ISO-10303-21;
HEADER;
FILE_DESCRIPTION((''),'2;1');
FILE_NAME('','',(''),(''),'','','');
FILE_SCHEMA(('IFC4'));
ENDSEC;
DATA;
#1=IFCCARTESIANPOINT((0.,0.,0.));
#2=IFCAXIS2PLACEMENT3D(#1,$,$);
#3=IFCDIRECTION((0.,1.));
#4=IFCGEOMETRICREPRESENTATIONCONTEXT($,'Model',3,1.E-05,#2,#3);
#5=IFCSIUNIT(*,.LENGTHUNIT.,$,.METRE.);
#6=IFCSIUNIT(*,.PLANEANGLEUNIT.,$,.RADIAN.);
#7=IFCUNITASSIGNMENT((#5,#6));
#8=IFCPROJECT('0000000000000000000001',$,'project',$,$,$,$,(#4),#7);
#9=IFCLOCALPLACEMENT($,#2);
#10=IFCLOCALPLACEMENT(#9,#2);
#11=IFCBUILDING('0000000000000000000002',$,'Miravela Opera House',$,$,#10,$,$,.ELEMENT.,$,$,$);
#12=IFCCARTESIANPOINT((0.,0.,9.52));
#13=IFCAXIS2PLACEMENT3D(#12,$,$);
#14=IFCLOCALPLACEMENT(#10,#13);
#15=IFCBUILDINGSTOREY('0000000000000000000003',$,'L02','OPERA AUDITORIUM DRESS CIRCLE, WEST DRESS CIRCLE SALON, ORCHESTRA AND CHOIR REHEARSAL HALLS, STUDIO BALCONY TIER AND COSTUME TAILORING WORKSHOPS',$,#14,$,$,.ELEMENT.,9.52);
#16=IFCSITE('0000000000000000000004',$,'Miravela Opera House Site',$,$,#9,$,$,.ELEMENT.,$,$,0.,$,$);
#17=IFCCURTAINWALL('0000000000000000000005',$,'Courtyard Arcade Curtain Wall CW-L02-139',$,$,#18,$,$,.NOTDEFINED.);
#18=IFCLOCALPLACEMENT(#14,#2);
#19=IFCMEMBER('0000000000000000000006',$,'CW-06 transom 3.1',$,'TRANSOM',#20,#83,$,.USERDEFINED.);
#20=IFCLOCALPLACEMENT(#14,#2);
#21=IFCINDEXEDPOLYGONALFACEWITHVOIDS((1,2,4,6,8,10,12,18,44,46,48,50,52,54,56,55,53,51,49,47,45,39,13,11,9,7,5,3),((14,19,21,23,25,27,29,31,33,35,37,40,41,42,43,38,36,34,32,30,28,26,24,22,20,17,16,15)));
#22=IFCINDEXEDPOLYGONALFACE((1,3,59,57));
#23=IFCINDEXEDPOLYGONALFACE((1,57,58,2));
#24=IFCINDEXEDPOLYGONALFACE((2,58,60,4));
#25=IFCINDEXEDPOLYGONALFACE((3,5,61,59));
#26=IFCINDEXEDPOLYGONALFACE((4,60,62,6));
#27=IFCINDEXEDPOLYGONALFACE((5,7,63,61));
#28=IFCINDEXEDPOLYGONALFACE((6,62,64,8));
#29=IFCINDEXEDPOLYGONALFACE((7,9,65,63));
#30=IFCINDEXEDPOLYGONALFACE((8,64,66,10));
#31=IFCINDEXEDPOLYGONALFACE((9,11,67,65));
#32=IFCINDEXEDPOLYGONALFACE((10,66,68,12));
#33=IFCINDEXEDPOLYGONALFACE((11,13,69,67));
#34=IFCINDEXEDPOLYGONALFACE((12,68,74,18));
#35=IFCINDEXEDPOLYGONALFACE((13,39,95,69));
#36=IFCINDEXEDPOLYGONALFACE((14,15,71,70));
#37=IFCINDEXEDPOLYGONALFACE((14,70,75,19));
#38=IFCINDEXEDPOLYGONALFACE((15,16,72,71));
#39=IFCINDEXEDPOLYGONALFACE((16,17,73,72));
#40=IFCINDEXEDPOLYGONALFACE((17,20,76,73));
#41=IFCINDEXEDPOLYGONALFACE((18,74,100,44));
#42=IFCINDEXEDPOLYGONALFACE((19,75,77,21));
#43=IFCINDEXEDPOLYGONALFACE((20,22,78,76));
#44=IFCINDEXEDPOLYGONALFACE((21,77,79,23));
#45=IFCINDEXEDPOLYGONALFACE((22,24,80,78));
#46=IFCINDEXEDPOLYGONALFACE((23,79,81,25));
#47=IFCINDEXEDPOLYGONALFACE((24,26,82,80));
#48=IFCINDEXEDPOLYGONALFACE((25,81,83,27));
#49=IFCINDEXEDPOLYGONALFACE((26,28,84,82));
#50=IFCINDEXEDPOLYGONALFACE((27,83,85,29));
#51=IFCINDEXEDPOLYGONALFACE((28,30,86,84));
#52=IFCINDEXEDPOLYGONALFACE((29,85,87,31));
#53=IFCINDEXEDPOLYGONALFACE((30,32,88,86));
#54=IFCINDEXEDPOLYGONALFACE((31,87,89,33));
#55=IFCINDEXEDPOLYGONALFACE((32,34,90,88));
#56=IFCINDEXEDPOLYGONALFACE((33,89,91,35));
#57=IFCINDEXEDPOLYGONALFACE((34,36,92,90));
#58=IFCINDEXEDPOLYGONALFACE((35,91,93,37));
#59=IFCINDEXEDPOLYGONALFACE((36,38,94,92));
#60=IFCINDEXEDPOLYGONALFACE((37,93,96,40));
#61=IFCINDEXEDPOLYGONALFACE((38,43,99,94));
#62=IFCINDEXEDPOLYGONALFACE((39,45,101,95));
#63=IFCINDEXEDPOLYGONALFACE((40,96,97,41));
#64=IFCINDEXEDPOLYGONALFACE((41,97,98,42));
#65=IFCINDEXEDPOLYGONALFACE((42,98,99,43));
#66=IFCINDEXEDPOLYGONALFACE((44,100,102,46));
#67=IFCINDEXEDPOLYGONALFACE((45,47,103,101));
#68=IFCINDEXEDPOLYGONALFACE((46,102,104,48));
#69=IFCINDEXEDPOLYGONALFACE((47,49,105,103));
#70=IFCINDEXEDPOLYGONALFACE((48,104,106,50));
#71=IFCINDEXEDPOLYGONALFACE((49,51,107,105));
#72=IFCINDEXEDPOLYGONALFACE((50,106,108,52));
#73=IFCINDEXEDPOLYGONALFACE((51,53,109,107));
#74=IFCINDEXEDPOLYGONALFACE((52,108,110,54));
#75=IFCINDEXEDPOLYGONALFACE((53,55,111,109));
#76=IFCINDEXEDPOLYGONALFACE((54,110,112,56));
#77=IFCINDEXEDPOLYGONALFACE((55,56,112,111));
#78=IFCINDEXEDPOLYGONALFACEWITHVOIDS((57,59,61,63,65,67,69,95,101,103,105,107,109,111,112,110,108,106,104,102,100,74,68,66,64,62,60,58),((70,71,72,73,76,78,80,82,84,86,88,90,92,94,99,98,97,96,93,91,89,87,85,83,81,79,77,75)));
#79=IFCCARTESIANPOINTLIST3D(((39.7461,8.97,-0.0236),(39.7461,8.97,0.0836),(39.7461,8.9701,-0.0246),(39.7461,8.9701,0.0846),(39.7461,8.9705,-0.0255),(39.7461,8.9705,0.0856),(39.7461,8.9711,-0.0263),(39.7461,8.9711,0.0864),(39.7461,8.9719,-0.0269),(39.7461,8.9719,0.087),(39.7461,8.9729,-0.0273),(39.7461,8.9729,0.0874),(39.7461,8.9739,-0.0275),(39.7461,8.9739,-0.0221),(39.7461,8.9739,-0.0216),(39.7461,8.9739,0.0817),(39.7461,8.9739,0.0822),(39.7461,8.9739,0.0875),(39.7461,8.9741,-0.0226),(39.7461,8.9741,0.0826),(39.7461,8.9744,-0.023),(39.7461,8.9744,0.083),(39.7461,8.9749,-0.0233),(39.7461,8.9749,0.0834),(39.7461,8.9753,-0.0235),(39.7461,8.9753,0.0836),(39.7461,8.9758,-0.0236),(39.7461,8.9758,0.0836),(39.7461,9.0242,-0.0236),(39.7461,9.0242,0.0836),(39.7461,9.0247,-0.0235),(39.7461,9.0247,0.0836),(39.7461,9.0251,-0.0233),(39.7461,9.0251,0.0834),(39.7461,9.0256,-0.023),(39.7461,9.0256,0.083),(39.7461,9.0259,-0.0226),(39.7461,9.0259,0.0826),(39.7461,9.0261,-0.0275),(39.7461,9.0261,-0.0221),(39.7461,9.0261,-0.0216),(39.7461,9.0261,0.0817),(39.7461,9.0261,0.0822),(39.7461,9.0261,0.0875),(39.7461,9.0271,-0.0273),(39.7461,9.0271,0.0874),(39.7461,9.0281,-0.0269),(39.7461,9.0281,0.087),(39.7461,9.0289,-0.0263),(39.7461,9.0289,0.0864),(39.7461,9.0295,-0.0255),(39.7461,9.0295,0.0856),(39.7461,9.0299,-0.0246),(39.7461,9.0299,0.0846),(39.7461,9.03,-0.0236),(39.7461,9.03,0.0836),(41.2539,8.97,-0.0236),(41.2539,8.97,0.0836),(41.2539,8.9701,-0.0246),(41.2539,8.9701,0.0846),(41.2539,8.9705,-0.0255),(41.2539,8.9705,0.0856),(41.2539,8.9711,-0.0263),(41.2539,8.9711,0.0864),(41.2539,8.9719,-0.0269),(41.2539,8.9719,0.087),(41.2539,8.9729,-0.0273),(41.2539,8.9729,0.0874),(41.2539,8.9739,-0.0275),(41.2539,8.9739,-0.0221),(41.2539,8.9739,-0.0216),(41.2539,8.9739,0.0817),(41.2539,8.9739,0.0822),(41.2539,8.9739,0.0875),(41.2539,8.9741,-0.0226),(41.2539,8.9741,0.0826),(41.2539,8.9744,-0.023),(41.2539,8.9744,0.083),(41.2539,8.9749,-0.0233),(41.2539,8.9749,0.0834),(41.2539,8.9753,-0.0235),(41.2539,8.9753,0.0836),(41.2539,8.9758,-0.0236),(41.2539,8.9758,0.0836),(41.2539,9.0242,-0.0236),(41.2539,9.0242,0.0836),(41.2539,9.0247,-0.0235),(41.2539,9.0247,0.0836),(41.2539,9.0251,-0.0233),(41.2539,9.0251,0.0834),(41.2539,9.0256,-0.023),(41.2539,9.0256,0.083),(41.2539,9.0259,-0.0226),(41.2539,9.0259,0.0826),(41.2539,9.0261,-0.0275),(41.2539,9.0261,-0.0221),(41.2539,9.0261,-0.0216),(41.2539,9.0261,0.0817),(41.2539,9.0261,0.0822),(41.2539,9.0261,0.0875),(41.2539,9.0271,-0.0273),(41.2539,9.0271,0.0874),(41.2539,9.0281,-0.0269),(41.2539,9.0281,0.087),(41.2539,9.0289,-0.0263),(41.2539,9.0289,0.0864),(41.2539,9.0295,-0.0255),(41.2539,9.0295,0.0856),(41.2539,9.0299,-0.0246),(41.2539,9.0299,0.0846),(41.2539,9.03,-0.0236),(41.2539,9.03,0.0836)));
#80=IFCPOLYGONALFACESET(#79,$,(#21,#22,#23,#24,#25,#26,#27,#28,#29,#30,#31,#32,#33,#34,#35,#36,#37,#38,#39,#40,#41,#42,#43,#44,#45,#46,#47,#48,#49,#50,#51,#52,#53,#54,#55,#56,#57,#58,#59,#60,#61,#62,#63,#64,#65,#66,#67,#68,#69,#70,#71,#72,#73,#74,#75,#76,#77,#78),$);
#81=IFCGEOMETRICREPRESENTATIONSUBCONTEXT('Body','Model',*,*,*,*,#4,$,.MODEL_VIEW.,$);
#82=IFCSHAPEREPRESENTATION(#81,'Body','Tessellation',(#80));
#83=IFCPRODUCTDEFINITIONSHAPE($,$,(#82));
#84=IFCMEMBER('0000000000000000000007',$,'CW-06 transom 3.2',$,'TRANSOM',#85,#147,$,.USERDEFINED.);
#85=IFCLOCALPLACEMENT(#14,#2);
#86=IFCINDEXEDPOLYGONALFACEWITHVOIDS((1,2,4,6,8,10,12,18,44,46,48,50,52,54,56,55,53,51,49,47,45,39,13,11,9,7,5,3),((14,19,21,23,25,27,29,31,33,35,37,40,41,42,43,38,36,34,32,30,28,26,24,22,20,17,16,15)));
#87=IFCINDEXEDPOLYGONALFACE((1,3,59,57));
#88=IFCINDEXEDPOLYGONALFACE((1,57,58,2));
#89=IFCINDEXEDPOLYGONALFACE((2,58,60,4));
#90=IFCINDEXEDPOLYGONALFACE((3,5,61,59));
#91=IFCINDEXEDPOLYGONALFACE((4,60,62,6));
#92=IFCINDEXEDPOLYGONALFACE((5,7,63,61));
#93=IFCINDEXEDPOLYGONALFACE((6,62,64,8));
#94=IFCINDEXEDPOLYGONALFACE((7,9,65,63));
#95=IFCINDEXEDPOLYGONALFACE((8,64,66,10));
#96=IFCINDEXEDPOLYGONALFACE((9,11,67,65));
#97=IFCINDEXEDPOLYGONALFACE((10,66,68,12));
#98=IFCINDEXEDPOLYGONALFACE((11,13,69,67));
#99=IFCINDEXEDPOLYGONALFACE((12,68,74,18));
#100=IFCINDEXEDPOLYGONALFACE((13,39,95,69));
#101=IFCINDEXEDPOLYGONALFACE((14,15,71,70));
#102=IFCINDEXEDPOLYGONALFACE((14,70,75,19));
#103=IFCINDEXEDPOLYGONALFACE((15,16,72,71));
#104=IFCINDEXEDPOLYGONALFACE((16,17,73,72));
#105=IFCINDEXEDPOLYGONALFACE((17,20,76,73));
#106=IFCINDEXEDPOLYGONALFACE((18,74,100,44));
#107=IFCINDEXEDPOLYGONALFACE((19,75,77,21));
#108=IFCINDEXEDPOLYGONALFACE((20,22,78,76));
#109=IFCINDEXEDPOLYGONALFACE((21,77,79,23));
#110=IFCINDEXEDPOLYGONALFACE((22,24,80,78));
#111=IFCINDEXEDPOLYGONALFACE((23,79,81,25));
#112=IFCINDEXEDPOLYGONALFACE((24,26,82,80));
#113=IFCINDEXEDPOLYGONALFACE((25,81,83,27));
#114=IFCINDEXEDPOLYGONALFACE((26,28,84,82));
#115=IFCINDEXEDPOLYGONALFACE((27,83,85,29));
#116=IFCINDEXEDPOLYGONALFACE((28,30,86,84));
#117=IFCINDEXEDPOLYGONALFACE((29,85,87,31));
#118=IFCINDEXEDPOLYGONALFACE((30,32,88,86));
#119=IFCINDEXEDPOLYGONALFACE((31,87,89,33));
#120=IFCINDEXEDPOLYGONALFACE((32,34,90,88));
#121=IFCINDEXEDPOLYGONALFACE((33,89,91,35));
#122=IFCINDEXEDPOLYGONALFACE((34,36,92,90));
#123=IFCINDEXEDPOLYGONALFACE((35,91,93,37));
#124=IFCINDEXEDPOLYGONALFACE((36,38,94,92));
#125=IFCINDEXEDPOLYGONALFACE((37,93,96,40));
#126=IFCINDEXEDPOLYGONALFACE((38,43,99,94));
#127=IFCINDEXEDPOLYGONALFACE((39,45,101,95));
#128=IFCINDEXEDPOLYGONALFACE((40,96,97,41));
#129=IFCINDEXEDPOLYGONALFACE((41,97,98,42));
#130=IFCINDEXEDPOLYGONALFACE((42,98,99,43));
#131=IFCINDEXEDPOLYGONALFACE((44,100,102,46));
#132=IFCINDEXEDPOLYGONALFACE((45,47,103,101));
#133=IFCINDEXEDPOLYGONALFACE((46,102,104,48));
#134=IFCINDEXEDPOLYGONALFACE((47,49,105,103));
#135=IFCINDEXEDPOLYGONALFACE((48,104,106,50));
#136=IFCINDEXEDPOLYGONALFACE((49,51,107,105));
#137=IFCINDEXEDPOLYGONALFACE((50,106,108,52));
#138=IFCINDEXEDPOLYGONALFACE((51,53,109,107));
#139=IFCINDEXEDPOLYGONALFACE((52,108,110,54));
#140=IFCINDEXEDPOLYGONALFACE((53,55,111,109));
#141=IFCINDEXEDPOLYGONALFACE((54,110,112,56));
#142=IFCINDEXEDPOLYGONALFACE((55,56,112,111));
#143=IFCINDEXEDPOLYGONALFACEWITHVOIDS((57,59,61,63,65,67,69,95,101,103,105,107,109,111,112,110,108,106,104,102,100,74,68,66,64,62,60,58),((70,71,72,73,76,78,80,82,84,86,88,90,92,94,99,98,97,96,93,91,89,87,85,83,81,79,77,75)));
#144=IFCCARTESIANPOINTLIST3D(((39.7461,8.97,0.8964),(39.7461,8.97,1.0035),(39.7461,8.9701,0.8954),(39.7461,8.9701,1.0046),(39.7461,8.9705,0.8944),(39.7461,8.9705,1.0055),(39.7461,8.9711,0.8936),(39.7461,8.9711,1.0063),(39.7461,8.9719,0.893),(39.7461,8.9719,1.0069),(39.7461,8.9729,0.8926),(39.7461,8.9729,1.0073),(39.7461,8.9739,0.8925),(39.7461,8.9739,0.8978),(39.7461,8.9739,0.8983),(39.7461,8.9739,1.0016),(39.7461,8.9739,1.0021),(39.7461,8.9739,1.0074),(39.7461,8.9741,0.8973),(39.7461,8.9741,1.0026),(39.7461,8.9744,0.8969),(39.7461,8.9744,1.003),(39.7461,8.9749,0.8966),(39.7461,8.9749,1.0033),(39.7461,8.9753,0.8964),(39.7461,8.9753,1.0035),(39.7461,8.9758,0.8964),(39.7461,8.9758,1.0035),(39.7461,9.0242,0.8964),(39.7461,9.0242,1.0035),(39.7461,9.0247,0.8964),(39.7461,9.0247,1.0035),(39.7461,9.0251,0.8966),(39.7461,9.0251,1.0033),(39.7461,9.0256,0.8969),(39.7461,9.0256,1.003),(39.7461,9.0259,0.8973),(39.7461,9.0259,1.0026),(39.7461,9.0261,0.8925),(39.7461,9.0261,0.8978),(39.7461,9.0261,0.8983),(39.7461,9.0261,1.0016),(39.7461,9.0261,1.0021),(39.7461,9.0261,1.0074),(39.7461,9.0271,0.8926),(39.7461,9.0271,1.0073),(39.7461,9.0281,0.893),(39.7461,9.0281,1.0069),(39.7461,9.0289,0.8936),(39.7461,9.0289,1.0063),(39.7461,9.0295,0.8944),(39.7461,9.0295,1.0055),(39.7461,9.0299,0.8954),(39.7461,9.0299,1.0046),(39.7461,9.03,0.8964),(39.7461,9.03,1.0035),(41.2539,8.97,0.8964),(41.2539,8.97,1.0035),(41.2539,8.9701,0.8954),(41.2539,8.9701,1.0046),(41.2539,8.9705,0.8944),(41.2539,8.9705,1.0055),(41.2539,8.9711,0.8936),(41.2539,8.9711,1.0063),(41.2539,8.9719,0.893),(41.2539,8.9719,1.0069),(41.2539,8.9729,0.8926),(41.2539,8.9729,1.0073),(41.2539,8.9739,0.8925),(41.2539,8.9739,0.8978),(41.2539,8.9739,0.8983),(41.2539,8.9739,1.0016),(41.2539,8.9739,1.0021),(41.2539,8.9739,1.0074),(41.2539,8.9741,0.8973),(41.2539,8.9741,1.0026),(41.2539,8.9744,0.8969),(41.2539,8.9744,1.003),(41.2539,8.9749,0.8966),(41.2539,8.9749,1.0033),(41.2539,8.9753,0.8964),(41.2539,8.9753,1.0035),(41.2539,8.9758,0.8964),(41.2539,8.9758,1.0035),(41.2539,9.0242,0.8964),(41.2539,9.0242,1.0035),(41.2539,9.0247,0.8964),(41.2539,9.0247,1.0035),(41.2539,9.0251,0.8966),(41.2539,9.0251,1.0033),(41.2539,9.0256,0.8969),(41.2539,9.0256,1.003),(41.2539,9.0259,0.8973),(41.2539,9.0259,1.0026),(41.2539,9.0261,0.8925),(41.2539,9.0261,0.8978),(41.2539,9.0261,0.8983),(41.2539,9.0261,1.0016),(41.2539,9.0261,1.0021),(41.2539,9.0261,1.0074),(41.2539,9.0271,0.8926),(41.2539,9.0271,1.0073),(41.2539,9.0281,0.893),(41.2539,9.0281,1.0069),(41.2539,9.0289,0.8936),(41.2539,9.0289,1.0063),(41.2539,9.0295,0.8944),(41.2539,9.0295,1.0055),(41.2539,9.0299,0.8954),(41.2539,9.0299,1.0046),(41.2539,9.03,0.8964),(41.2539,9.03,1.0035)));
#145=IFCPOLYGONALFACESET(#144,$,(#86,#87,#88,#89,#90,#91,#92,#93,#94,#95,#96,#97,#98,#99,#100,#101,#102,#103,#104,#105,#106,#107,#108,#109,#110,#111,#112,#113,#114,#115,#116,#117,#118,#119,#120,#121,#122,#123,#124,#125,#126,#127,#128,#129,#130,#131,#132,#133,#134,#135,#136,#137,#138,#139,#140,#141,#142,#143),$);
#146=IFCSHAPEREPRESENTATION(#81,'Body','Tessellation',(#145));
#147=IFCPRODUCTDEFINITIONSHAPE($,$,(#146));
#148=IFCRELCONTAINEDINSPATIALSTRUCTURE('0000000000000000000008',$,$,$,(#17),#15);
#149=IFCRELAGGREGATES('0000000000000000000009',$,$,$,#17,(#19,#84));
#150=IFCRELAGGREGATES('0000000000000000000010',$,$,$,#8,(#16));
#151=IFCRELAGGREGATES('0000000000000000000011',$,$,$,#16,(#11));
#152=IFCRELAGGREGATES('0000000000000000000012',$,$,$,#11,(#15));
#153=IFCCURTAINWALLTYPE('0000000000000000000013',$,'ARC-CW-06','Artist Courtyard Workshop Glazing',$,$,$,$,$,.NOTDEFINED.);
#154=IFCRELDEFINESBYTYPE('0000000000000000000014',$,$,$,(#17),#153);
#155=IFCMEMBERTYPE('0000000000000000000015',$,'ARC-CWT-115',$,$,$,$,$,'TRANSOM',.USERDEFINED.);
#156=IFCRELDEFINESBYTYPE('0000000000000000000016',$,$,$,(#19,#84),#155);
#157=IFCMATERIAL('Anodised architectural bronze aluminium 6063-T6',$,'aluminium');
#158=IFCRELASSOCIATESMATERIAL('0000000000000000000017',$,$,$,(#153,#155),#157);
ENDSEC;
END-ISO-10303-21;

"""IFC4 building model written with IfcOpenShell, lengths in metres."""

from ifc_helpers import new_model, si_unit, direction, frame, origin, origin_2d, place, context, subcontext, project, spatial, hollow_rectangle, extrude, material, material_profile, profile_set, type_object, element, aggregate, save


model = new_model("IFC4")

# Units and contexts
model_context = context("Model", 3, precision=1e-05, world=origin(), true_north=direction((0.0, 1.0)))
body_context = subcontext(model_context, "Body", "Model", "MODEL_VIEW")
ifc_project = project(units=[si_unit("LENGTHUNIT", "METRE"), si_unit("PLANEANGLEUNIT", "RADIAN")], contexts=[model_context])

# Site, building, storey
site_placement = place(None, origin())
site = spatial("IfcSite", under=ifc_project, at=site_placement, Name="Miravela Opera House Site", CompositionType="ELEMENT", RefElevation=0.0)
building_placement = place(site_placement, origin())
building = spatial("IfcBuilding", under=site, at=building_placement, Name="Miravela Opera House", CompositionType="ELEMENT")
storey_placement = place(building_placement, frame((0.0, 0.0, 9.52)))
storey = spatial("IfcBuildingStorey", under=building, at=storey_placement, Name="L02", Description="OPERA AUDITORIUM DRESS CIRCLE, WEST DRESS CIRCLE SALON, ORCHESTRA AND CHOIR REHEARSAL HALLS, STUDIO BALCONY TIER AND COSTUME TAILORING WORKSHOPS", CompositionType="ELEMENT", Elevation=9.52)

# Curtain wall, members
ifc_material_1 = material(Name="Anodised architectural bronze aluminium 6063-T6", Category="aluminium")
curtain_wall_type = type_object("IfcCurtainWallType", Name="ARC-CW-06", Description="Artist Courtyard Workshop Glazing", PredefinedType="NOTDEFINED", material=ifc_material_1)
curtain_wall_placement = place(storey_placement, origin())
curtain_wall = element("IfcCurtainWall", 1, at=curtain_wall_placement, inside=storey, type_object=curtain_wall_type, Name="Courtyard Arcade Curtain Wall CW-L02-139", PredefinedType="NOTDEFINED")
ifc_material_profile_1 = material_profile(ifc_material_1, hollow_rectangle(XDim=0.0601, YDim=0.115, WallThickness=0.0039, InnerFilletRadius=0.002, OuterFilletRadius=0.0039, at=origin_2d()), Name="CWT-60X115")
ifc_profile_set_1 = profile_set([ifc_material_profile_1])
member_type_1 = type_object("IfcMemberType", Name="ARC-CWT-115", ElementType="TRANSOM", PredefinedType="USERDEFINED", material=ifc_profile_set_1)
member_1_placement = place(storey_placement, frame((39.7461, 9.0, 0.03), z_axis=(1.0, 0.0, 0.0), x_axis=(0.0, 1.0, 0.0)))
member_1 = element("IfcMember", 2, at=member_1_placement, type_object=member_type_1, Name="CW-06 transom 3.1", ObjectType="TRANSOM", PredefinedType="USERDEFINED", context=body_context, shape_type="SweptSolid", body=[
    extrude(hollow_rectangle(XDim=0.0601, YDim=0.115, WallThickness=0.0039, InnerFilletRadius=0.002, OuterFilletRadius=0.0039, at=origin_2d()), origin(), (0.0, 0.0, 1.0), 1.5078),
])
member_2_placement = place(storey_placement, frame((39.7461, 9.0, 0.95), z_axis=(1.0, 0.0, 0.0), x_axis=(0.0, 1.0, 0.0)))
member_2 = element("IfcMember", 3, at=member_2_placement, type_object=member_type_1, Name="CW-06 transom 3.2", ObjectType="TRANSOM", PredefinedType="USERDEFINED", context=body_context, shape_type="SweptSolid", body=[
    extrude(hollow_rectangle(XDim=0.0601, YDim=0.115, WallThickness=0.0039, InnerFilletRadius=0.002, OuterFilletRadius=0.0039, at=origin_2d()), origin(), (0.0, 0.0, 1.0), 1.5078),
])
aggregate(curtain_wall, [member_1, member_2])

save(model, "model.ifc")
